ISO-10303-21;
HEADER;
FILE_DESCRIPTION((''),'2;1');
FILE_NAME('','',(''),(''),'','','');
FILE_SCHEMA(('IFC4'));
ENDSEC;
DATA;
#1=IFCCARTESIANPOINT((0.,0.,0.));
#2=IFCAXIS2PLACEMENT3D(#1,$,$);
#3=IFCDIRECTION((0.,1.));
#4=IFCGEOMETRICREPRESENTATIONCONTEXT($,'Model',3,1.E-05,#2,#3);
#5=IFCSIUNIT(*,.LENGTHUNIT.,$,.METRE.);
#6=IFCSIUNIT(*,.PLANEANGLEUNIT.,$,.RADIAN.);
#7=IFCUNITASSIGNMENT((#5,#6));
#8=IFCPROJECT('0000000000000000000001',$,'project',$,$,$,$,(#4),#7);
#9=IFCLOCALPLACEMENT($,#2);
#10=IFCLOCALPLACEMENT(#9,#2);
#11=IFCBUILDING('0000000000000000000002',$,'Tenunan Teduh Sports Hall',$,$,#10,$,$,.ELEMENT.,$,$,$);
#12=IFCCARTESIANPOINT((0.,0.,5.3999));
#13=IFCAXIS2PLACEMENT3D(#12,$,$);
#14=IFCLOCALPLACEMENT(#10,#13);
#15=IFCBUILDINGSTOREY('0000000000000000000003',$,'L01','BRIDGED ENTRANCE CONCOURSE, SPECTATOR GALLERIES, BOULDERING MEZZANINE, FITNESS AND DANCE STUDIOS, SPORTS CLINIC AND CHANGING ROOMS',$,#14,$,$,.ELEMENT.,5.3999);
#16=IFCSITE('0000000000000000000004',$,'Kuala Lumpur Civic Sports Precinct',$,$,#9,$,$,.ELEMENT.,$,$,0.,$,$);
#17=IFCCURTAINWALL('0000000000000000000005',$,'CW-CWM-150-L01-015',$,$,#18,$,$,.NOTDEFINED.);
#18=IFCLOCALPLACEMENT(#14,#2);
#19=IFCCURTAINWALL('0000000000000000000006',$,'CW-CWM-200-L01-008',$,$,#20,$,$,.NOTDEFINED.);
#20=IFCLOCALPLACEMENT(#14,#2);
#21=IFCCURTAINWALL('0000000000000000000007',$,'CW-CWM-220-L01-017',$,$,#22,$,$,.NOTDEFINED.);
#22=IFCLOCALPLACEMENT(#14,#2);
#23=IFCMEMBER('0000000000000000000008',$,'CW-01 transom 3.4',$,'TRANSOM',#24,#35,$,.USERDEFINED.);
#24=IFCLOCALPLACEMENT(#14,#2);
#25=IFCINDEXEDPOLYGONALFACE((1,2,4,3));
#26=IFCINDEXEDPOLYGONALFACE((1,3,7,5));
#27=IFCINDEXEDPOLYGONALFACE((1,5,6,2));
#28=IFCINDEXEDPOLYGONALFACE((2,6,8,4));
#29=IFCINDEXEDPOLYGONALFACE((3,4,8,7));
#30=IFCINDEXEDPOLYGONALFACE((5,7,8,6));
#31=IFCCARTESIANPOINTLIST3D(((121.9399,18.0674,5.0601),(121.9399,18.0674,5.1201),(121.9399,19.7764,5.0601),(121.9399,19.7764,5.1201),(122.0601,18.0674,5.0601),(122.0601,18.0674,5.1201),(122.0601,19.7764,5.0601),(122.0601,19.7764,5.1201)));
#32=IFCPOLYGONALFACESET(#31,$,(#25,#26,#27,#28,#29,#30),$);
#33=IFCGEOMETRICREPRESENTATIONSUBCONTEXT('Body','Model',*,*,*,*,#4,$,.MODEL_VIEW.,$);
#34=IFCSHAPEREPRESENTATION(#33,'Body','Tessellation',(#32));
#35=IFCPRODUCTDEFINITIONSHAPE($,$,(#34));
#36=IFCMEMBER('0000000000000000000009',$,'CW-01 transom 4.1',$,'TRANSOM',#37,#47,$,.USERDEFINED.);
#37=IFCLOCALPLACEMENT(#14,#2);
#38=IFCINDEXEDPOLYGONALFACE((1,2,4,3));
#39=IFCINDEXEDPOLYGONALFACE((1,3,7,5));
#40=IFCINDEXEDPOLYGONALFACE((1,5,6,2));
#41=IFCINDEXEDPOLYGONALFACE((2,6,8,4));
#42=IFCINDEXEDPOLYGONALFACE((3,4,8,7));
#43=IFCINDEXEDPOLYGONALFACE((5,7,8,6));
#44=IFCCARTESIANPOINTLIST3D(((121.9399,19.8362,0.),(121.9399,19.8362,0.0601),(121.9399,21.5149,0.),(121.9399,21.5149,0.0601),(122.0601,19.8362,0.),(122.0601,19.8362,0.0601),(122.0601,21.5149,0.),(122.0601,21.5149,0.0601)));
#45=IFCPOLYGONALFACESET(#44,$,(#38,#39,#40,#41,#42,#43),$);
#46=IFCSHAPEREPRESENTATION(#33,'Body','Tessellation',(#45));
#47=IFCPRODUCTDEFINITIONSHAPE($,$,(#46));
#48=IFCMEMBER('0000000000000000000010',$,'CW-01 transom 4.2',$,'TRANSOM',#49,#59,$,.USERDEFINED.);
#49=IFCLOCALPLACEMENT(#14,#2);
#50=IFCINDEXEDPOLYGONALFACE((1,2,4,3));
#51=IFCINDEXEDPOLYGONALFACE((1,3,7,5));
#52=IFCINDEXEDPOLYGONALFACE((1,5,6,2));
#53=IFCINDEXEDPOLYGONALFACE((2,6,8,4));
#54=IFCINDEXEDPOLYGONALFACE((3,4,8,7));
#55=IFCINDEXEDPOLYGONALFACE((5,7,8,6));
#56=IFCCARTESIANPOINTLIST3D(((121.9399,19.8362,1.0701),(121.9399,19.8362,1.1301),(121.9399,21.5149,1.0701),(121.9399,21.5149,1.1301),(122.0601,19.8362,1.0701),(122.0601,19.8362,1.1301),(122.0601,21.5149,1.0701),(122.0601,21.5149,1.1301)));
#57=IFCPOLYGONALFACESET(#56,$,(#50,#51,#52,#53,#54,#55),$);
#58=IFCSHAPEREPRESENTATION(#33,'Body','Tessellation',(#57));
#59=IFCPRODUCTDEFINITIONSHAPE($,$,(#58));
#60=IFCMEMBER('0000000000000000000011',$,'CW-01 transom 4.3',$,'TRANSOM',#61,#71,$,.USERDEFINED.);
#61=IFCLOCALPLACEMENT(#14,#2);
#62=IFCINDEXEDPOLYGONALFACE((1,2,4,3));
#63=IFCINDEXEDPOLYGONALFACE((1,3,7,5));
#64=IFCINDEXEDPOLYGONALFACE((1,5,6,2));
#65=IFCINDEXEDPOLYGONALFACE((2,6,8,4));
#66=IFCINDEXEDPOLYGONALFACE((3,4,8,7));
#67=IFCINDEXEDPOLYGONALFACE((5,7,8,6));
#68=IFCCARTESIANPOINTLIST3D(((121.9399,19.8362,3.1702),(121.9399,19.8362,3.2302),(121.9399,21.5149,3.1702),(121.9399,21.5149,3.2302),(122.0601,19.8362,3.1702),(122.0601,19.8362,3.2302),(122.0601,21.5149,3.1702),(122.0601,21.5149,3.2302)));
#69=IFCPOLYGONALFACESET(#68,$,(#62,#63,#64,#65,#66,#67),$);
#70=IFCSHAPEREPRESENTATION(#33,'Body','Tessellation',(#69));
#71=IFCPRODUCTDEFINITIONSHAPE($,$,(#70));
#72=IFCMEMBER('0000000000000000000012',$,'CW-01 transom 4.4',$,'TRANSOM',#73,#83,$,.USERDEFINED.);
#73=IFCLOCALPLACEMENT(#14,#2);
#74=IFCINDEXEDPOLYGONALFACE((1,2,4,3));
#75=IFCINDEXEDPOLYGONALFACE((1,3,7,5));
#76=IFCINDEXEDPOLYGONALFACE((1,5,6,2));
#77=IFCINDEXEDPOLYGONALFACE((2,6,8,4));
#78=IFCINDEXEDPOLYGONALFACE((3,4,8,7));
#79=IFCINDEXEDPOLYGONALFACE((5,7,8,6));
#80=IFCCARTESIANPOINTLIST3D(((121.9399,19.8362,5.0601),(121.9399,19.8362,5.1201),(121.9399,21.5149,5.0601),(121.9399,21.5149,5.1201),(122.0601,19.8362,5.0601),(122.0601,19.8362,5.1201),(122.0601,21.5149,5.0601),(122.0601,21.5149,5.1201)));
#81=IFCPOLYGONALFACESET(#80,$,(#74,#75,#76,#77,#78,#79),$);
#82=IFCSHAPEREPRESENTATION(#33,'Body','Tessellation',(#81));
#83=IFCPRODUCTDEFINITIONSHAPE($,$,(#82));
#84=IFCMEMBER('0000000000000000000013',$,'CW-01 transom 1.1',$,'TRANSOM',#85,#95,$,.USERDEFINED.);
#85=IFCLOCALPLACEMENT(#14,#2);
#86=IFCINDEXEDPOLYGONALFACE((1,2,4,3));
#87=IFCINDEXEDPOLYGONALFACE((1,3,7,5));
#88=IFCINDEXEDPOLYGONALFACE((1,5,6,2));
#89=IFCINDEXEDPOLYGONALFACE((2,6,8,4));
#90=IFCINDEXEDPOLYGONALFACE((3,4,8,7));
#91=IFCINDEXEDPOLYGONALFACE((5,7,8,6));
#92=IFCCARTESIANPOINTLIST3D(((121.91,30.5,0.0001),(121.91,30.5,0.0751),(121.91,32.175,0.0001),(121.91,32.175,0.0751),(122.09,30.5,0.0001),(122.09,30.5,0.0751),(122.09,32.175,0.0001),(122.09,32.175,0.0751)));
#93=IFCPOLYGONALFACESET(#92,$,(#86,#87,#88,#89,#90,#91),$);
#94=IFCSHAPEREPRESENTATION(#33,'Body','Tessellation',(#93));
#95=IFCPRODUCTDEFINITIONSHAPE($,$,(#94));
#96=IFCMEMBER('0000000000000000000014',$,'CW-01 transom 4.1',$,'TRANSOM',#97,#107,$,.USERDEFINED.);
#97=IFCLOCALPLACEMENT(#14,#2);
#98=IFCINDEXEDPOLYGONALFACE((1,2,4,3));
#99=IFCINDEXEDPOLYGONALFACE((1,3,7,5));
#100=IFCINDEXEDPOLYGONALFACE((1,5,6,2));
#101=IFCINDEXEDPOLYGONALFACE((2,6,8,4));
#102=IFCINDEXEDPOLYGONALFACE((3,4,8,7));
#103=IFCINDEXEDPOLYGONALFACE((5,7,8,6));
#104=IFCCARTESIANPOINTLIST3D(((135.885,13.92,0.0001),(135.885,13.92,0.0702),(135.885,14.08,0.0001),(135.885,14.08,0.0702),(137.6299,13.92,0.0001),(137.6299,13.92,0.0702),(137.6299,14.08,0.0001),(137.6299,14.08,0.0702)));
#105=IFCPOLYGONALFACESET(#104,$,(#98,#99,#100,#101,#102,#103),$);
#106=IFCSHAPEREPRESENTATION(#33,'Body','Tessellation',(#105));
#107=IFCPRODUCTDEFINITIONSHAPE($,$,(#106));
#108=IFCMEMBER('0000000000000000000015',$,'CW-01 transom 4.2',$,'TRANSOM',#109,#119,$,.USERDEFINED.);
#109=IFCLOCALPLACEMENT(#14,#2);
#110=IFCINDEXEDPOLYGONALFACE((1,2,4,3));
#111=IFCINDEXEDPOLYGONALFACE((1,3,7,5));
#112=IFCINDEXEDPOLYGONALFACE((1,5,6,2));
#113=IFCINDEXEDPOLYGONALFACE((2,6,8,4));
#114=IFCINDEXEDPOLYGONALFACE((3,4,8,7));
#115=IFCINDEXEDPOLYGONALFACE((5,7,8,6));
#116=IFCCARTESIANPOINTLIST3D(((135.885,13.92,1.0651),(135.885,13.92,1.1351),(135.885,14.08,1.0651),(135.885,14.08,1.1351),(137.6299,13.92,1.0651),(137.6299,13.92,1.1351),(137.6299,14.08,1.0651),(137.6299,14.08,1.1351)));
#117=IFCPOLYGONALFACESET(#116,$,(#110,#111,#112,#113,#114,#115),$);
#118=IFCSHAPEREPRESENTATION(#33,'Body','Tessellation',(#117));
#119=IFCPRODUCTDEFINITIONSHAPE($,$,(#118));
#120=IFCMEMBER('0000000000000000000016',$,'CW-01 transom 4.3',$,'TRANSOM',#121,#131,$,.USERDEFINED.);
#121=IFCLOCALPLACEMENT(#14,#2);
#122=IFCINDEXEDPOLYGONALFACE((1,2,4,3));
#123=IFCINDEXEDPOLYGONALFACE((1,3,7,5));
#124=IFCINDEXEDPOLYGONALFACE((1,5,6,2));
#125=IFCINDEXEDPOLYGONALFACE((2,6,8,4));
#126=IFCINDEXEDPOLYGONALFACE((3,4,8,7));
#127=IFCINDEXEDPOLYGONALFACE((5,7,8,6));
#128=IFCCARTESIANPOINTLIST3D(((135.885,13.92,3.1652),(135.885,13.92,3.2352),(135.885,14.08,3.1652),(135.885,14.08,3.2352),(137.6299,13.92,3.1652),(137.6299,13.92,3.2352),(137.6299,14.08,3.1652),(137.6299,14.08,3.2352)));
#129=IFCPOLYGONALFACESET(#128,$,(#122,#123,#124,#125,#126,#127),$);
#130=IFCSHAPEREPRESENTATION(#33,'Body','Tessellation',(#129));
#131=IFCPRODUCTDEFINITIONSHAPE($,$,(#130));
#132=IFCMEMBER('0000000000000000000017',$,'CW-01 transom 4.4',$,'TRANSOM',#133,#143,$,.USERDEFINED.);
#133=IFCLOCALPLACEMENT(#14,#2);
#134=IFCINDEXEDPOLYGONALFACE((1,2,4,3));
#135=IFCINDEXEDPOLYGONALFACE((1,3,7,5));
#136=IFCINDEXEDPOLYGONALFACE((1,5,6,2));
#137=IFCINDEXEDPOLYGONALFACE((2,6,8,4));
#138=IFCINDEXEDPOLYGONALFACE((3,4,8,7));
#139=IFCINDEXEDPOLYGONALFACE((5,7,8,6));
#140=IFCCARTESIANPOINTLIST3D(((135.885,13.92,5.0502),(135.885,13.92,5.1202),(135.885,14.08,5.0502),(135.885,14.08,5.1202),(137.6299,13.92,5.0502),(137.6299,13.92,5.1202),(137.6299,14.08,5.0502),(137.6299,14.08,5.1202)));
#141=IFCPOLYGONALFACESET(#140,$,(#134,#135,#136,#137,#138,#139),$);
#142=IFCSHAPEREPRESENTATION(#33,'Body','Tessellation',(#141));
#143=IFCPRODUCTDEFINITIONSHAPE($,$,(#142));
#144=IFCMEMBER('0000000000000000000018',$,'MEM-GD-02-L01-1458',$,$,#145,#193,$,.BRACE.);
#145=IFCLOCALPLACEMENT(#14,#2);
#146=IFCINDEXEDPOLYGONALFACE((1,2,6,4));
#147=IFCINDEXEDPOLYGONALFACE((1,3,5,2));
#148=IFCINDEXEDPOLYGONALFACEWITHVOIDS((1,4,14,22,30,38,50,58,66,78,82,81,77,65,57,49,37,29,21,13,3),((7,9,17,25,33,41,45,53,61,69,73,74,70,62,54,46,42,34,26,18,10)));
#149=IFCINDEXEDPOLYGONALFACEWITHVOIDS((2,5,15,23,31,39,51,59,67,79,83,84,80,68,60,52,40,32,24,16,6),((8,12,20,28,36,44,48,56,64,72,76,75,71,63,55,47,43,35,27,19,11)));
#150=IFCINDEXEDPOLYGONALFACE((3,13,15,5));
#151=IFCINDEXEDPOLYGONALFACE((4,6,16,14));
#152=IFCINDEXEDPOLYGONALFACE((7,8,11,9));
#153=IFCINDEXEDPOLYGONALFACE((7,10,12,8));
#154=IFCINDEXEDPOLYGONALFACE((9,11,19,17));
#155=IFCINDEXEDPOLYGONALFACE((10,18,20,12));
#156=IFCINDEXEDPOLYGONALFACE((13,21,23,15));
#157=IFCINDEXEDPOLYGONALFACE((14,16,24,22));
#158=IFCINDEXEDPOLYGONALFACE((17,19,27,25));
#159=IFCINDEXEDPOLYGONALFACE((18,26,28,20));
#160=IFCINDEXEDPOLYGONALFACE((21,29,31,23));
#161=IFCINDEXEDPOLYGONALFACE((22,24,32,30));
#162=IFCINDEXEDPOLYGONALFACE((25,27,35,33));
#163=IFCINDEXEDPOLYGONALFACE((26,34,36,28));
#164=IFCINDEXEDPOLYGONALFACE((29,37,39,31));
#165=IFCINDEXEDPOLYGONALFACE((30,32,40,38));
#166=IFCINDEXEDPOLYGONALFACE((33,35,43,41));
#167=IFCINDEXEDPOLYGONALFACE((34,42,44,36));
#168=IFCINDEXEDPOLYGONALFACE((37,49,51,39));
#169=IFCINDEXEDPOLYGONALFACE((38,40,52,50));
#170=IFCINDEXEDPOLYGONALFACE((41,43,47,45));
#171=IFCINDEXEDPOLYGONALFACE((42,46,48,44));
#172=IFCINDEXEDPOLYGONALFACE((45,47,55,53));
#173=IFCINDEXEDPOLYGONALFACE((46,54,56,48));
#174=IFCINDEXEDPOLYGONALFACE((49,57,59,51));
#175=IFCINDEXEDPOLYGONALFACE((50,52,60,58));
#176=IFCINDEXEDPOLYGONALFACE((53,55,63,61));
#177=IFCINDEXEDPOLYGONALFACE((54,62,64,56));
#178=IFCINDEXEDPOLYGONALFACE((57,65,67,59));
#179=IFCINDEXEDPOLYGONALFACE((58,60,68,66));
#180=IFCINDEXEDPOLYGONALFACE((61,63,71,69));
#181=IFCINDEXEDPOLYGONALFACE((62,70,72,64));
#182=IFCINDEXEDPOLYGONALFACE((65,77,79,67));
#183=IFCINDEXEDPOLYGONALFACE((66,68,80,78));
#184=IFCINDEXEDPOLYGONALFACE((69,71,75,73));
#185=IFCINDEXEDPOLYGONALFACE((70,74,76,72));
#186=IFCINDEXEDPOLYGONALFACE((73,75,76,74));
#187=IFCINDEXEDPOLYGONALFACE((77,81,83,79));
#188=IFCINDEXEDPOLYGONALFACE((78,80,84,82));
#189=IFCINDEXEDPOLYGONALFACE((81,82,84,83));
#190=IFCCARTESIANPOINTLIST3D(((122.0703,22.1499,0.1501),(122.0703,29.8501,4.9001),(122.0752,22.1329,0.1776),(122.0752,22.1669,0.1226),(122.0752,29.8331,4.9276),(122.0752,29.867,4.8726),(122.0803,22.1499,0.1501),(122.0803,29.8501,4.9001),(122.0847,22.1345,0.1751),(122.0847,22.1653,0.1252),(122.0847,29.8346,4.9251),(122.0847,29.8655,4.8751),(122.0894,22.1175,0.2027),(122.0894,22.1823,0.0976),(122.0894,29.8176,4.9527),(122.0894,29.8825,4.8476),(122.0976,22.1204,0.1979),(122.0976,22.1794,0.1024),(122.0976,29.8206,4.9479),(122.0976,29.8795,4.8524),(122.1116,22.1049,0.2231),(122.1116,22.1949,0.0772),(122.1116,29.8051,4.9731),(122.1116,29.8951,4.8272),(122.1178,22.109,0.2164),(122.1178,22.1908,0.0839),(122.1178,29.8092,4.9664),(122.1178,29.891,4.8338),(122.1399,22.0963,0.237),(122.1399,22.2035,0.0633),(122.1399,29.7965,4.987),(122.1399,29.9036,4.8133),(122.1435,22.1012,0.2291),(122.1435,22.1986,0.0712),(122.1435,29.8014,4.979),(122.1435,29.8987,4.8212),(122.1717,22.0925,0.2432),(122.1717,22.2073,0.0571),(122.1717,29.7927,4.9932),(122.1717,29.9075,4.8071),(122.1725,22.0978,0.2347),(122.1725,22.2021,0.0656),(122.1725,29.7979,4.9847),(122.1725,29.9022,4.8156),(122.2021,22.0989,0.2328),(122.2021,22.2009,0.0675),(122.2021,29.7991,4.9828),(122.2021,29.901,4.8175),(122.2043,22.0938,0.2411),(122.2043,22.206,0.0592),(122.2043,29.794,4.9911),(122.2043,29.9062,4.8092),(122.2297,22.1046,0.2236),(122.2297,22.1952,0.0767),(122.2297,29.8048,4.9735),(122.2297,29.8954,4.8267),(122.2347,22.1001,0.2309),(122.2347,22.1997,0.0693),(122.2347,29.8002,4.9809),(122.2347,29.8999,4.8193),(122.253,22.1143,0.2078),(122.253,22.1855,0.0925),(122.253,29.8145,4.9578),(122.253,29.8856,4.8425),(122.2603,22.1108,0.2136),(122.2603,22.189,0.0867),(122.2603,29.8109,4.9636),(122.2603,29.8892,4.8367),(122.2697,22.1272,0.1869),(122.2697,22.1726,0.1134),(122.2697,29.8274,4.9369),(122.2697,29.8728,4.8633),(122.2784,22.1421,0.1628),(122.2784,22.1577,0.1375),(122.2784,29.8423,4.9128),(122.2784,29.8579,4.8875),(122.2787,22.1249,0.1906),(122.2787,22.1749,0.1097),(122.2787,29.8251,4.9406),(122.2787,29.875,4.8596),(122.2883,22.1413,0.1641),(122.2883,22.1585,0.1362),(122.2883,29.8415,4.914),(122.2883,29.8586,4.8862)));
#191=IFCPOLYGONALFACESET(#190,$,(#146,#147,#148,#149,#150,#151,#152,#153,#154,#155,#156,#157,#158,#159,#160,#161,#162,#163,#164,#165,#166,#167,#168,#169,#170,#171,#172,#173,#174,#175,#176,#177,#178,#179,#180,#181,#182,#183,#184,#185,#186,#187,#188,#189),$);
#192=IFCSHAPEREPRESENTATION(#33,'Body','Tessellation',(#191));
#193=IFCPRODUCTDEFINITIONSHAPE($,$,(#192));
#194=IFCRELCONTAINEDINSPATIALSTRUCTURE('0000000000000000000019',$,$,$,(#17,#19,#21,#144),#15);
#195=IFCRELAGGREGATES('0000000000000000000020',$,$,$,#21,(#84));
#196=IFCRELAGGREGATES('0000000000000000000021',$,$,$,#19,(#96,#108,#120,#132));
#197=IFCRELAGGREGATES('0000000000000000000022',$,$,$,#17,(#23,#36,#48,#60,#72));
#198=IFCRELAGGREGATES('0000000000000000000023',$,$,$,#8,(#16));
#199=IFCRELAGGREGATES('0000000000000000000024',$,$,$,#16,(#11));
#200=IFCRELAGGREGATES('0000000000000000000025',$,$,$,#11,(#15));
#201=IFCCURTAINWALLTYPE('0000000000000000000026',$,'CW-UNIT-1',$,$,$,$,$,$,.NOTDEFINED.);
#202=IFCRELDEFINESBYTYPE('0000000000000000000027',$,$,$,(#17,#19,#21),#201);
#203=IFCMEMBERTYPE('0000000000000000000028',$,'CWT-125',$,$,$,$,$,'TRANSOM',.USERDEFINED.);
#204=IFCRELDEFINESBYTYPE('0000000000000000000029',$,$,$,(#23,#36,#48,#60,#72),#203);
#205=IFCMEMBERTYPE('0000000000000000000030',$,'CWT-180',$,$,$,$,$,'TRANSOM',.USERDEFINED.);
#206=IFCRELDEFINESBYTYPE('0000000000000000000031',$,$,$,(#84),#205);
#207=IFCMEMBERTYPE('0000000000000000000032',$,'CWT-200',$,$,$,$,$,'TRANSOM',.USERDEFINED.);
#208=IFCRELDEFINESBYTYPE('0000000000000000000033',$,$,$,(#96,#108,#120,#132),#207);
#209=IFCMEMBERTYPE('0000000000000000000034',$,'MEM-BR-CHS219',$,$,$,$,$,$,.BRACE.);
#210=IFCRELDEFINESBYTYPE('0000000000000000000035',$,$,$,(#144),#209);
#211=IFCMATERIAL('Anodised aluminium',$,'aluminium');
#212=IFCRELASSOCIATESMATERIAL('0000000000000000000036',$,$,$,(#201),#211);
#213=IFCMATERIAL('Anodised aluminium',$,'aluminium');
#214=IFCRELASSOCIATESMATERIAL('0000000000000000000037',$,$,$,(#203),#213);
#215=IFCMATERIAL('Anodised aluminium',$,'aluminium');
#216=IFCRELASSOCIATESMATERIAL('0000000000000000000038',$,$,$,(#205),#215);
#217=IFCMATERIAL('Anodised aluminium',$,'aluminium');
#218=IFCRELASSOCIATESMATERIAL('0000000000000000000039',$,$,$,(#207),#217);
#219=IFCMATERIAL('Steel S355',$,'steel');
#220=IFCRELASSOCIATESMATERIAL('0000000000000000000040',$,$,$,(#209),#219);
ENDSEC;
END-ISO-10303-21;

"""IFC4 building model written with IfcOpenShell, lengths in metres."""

from ifc_helpers import new_model, si_unit, direction, frame, origin, origin_2d, place, context, subcontext, project, spatial, rectangle, hollow_circle, extrude, material, material_profile, profile_set, type_object, element, aggregate, save


model = new_model("IFC4")

# Units and contexts
model_context = context("Model", 3, precision=1e-05, world=origin(), true_north=direction((0.0, 1.0)))
body_context = subcontext(model_context, "Body", "Model", "MODEL_VIEW")
ifc_project = project(units=[si_unit("LENGTHUNIT", "METRE"), si_unit("PLANEANGLEUNIT", "RADIAN")], contexts=[model_context])

# Site, building, storey
site_placement = place(None, origin())
site = spatial("IfcSite", under=ifc_project, at=site_placement, Name="Kuala Lumpur Civic Sports Precinct", CompositionType="ELEMENT", RefElevation=0.0)
building_placement = place(site_placement, origin())
building = spatial("IfcBuilding", under=site, at=building_placement, Name="Tenunan Teduh Sports Hall", CompositionType="ELEMENT")
storey_placement = place(building_placement, frame((0.0, 0.0, 5.3999)))
storey = spatial("IfcBuildingStorey", under=building, at=storey_placement, Name="L01", Description="BRIDGED ENTRANCE CONCOURSE, SPECTATOR GALLERIES, BOULDERING MEZZANINE, FITNESS AND DANCE STUDIOS, SPORTS CLINIC AND CHANGING ROOMS", CompositionType="ELEMENT", Elevation=5.3999)

# Curtain wall
ifc_material_1 = material(Name="Anodised aluminium", Category="aluminium")
curtain_wall_type = type_object("IfcCurtainWallType", Name="CW-UNIT-1", PredefinedType="NOTDEFINED", material=ifc_material_1)
curtain_wall_1_placement = place(storey_placement, origin())
curtain_wall_1 = element("IfcCurtainWall", 1, at=curtain_wall_1_placement, inside=storey, type_object=curtain_wall_type, Name="CW-CWM-150-L01-015", PredefinedType="NOTDEFINED")

# Curtain walls
curtain_wall_2_placement = place(storey_placement, origin())
curtain_wall_2 = element("IfcCurtainWall", 2, at=curtain_wall_2_placement, inside=storey, type_object=curtain_wall_type, Name="CW-CWM-200-L01-008", PredefinedType="NOTDEFINED")
curtain_wall_3_placement = place(storey_placement, origin())
curtain_wall_3 = element("IfcCurtainWall", 3, at=curtain_wall_3_placement, inside=storey, type_object=curtain_wall_type, Name="CW-CWM-220-L01-017", PredefinedType="NOTDEFINED")

# Members
ifc_material_2 = material(Name="Anodised aluminium", Category="aluminium")
ifc_material_profile_1 = material_profile(ifc_material_2, rectangle(XDim=0.0601, YDim=0.1201, at=origin_2d()), Name="CWT 60x120")
ifc_profile_set_1 = profile_set([ifc_material_profile_1], Name="Anodised aluminium")
member_type_1 = type_object("IfcMemberType", Name="CWT-125", ElementType="TRANSOM", PredefinedType="USERDEFINED", material=ifc_profile_set_1)
member_1_placement = place(storey_placement, frame((122.0, 18.0674, 5.0901), z_axis=(0.0, 1.0, 0.0), x_axis=(0.0, 0.0, 1.0)))
member_1 = element("IfcMember", 4, at=member_1_placement, type_object=member_type_1, Name="CW-01 transom 3.4", ObjectType="TRANSOM", PredefinedType="USERDEFINED", context=body_context, shape_type="SweptSolid", body=[
    extrude(rectangle(XDim=0.0601, YDim=0.1201, at=origin_2d()), origin(), (0.0, 0.0, 1.0), 1.709),
])
member_2_placement = place(storey_placement, frame((122.0, 19.8362, 0.03), z_axis=(0.0, 1.0, 0.0), x_axis=(0.0, 0.0, 1.0)))
member_2 = element("IfcMember", 5, at=member_2_placement, type_object=member_type_1, Name="CW-01 transom 4.1", ObjectType="TRANSOM", PredefinedType="USERDEFINED", context=body_context, shape_type="SweptSolid", body=[
    extrude(rectangle(XDim=0.0601, YDim=0.1201, at=origin_2d()), origin(), (0.0, 0.0, 1.0), 1.6787),
])
member_3_placement = place(storey_placement, frame((122.0, 19.8362, 1.1001), z_axis=(0.0, 1.0, 0.0), x_axis=(0.0, 0.0, 1.0)))
member_3 = element("IfcMember", 6, at=member_3_placement, type_object=member_type_1, Name="CW-01 transom 4.2", ObjectType="TRANSOM", PredefinedType="USERDEFINED", context=body_context, shape_type="SweptSolid", body=[
    extrude(rectangle(XDim=0.0601, YDim=0.1201, at=origin_2d()), origin(), (0.0, 0.0, 1.0), 1.6787),
])
member_4_placement = place(storey_placement, frame((122.0, 19.8362, 3.2002), z_axis=(0.0, 1.0, 0.0), x_axis=(0.0, 0.0, 1.0)))
member_4 = element("IfcMember", 7, at=member_4_placement, type_object=member_type_1, Name="CW-01 transom 4.3", ObjectType="TRANSOM", PredefinedType="USERDEFINED", context=body_context, shape_type="SweptSolid", body=[
    extrude(rectangle(XDim=0.0601, YDim=0.1201, at=origin_2d()), origin(), (0.0, 0.0, 1.0), 1.6787),
])
member_5_placement = place(storey_placement, frame((122.0, 19.8362, 5.0901), z_axis=(0.0, 1.0, 0.0), x_axis=(0.0, 0.0, 1.0)))
member_5 = element("IfcMember", 8, at=member_5_placement, type_object=member_type_1, Name="CW-01 transom 4.4", ObjectType="TRANSOM", PredefinedType="USERDEFINED", context=body_context, shape_type="SweptSolid", body=[
    extrude(rectangle(XDim=0.0601, YDim=0.1201, at=origin_2d()), origin(), (0.0, 0.0, 1.0), 1.6787),
])
ifc_material_3 = material(Name="Anodised aluminium", Category="aluminium")
ifc_material_profile_2 = material_profile(ifc_material_3, rectangle(XDim=0.075, YDim=0.1799, at=origin_2d()), Name="CWT 75x180")
ifc_profile_set_2 = profile_set([ifc_material_profile_2], Name="Anodised aluminium")
member_type_2 = type_object("IfcMemberType", Name="CWT-180", ElementType="TRANSOM", PredefinedType="USERDEFINED", material=ifc_profile_set_2)
member_6_placement = place(storey_placement, frame((122.0, 30.5, 0.0376), z_axis=(0.0, 1.0, 0.0), x_axis=(0.0, 0.0, 1.0)))
member_6 = element("IfcMember", 9, at=member_6_placement, type_object=member_type_2, Name="CW-01 transom 1.1", ObjectType="TRANSOM", PredefinedType="USERDEFINED", context=body_context, shape_type="SweptSolid", body=[
    extrude(rectangle(XDim=0.075, YDim=0.1799, at=origin_2d()), origin(), (0.0, 0.0, 1.0), 1.675),
])
aggregate(curtain_wall_3, [member_6])
ifc_material_4 = material(Name="Anodised aluminium", Category="aluminium")
ifc_material_profile_3 = material_profile(ifc_material_4, rectangle(XDim=0.0701, YDim=0.1599, at=origin_2d()), Name="CWT 70x160")
ifc_profile_set_3 = profile_set([ifc_material_profile_3], Name="Anodised aluminium")
member_type_3 = type_object("IfcMemberType", Name="CWT-200", ElementType="TRANSOM", PredefinedType="USERDEFINED", material=ifc_profile_set_3)
member_7_placement = place(storey_placement, frame((135.885, 14.0, 0.0352), z_axis=(1.0, 0.0, 0.0), x_axis=(0.0, 0.0, 1.0)))
member_7 = element("IfcMember", 10, at=member_7_placement, type_object=member_type_3, Name="CW-01 transom 4.1", ObjectType="TRANSOM", PredefinedType="USERDEFINED", context=body_context, shape_type="SweptSolid", body=[
    extrude(rectangle(XDim=0.0701, YDim=0.1599, at=origin_2d()), origin(), (0.0, 0.0, 1.0), 1.7449),
])
member_8_placement = place(storey_placement, frame((135.885, 14.0, 1.1001), z_axis=(1.0, 0.0, 0.0), x_axis=(0.0, 0.0, 1.0)))
member_8 = element("IfcMember", 11, at=member_8_placement, type_object=member_type_3, Name="CW-01 transom 4.2", ObjectType="TRANSOM", PredefinedType="USERDEFINED", context=body_context, shape_type="SweptSolid", body=[
    extrude(rectangle(XDim=0.0701, YDim=0.1599, at=origin_2d()), origin(), (0.0, 0.0, 1.0), 1.7449),
])
member_9_placement = place(storey_placement, frame((135.885, 14.0, 3.2002), z_axis=(1.0, 0.0, 0.0), x_axis=(0.0, 0.0, 1.0)))
member_9 = element("IfcMember", 12, at=member_9_placement, type_object=member_type_3, Name="CW-01 transom 4.3", ObjectType="TRANSOM", PredefinedType="USERDEFINED", context=body_context, shape_type="SweptSolid", body=[
    extrude(rectangle(XDim=0.0701, YDim=0.1599, at=origin_2d()), origin(), (0.0, 0.0, 1.0), 1.7449),
])
member_10_placement = place(storey_placement, frame((135.885, 14.0, 5.0852), z_axis=(1.0, 0.0, 0.0), x_axis=(0.0, 0.0, 1.0)))
member_10 = element("IfcMember", 13, at=member_10_placement, type_object=member_type_3, Name="CW-01 transom 4.4", ObjectType="TRANSOM", PredefinedType="USERDEFINED", context=body_context, shape_type="SweptSolid", body=[
    extrude(rectangle(XDim=0.0701, YDim=0.1599, at=origin_2d()), origin(), (0.0, 0.0, 1.0), 1.7449),
])
ifc_material_5 = material(Name="Steel S355", Category="steel")
ifc_material_profile_4 = material_profile(ifc_material_5, hollow_circle(Radius=0.1096, WallThickness=0.01, at=origin_2d()), Name="CHS 219.1x10.0")
ifc_profile_set_4 = profile_set([ifc_material_profile_4], Name="Steel S355")
member_type_4 = type_object("IfcMemberType", Name="MEM-BR-CHS219", PredefinedType="BRACE", material=ifc_profile_set_4)
member_11_placement = place(storey_placement, frame((122.1799, 22.1499, 0.1501), z_axis=(0.0, 0.851095, 0.525013), x_axis=(-1.0, 0.0, 0.0)))
element("IfcMember", 14, at=member_11_placement, inside=storey, type_object=member_type_4, Name="MEM-GD-02-L01-1458", PredefinedType="BRACE", context=body_context, shape_type="SweptSolid", body=[
    extrude(hollow_circle(Radius=0.1096, WallThickness=0.01, at=origin_2d()), origin(), (0.0, 0.0, 1.0), 9.0474),
])

aggregate(curtain_wall_2, [member_7, member_8, member_9, member_10])
aggregate(curtain_wall_1, [member_1, member_2, member_3, member_4, member_5])

save(model, "model.ifc")
